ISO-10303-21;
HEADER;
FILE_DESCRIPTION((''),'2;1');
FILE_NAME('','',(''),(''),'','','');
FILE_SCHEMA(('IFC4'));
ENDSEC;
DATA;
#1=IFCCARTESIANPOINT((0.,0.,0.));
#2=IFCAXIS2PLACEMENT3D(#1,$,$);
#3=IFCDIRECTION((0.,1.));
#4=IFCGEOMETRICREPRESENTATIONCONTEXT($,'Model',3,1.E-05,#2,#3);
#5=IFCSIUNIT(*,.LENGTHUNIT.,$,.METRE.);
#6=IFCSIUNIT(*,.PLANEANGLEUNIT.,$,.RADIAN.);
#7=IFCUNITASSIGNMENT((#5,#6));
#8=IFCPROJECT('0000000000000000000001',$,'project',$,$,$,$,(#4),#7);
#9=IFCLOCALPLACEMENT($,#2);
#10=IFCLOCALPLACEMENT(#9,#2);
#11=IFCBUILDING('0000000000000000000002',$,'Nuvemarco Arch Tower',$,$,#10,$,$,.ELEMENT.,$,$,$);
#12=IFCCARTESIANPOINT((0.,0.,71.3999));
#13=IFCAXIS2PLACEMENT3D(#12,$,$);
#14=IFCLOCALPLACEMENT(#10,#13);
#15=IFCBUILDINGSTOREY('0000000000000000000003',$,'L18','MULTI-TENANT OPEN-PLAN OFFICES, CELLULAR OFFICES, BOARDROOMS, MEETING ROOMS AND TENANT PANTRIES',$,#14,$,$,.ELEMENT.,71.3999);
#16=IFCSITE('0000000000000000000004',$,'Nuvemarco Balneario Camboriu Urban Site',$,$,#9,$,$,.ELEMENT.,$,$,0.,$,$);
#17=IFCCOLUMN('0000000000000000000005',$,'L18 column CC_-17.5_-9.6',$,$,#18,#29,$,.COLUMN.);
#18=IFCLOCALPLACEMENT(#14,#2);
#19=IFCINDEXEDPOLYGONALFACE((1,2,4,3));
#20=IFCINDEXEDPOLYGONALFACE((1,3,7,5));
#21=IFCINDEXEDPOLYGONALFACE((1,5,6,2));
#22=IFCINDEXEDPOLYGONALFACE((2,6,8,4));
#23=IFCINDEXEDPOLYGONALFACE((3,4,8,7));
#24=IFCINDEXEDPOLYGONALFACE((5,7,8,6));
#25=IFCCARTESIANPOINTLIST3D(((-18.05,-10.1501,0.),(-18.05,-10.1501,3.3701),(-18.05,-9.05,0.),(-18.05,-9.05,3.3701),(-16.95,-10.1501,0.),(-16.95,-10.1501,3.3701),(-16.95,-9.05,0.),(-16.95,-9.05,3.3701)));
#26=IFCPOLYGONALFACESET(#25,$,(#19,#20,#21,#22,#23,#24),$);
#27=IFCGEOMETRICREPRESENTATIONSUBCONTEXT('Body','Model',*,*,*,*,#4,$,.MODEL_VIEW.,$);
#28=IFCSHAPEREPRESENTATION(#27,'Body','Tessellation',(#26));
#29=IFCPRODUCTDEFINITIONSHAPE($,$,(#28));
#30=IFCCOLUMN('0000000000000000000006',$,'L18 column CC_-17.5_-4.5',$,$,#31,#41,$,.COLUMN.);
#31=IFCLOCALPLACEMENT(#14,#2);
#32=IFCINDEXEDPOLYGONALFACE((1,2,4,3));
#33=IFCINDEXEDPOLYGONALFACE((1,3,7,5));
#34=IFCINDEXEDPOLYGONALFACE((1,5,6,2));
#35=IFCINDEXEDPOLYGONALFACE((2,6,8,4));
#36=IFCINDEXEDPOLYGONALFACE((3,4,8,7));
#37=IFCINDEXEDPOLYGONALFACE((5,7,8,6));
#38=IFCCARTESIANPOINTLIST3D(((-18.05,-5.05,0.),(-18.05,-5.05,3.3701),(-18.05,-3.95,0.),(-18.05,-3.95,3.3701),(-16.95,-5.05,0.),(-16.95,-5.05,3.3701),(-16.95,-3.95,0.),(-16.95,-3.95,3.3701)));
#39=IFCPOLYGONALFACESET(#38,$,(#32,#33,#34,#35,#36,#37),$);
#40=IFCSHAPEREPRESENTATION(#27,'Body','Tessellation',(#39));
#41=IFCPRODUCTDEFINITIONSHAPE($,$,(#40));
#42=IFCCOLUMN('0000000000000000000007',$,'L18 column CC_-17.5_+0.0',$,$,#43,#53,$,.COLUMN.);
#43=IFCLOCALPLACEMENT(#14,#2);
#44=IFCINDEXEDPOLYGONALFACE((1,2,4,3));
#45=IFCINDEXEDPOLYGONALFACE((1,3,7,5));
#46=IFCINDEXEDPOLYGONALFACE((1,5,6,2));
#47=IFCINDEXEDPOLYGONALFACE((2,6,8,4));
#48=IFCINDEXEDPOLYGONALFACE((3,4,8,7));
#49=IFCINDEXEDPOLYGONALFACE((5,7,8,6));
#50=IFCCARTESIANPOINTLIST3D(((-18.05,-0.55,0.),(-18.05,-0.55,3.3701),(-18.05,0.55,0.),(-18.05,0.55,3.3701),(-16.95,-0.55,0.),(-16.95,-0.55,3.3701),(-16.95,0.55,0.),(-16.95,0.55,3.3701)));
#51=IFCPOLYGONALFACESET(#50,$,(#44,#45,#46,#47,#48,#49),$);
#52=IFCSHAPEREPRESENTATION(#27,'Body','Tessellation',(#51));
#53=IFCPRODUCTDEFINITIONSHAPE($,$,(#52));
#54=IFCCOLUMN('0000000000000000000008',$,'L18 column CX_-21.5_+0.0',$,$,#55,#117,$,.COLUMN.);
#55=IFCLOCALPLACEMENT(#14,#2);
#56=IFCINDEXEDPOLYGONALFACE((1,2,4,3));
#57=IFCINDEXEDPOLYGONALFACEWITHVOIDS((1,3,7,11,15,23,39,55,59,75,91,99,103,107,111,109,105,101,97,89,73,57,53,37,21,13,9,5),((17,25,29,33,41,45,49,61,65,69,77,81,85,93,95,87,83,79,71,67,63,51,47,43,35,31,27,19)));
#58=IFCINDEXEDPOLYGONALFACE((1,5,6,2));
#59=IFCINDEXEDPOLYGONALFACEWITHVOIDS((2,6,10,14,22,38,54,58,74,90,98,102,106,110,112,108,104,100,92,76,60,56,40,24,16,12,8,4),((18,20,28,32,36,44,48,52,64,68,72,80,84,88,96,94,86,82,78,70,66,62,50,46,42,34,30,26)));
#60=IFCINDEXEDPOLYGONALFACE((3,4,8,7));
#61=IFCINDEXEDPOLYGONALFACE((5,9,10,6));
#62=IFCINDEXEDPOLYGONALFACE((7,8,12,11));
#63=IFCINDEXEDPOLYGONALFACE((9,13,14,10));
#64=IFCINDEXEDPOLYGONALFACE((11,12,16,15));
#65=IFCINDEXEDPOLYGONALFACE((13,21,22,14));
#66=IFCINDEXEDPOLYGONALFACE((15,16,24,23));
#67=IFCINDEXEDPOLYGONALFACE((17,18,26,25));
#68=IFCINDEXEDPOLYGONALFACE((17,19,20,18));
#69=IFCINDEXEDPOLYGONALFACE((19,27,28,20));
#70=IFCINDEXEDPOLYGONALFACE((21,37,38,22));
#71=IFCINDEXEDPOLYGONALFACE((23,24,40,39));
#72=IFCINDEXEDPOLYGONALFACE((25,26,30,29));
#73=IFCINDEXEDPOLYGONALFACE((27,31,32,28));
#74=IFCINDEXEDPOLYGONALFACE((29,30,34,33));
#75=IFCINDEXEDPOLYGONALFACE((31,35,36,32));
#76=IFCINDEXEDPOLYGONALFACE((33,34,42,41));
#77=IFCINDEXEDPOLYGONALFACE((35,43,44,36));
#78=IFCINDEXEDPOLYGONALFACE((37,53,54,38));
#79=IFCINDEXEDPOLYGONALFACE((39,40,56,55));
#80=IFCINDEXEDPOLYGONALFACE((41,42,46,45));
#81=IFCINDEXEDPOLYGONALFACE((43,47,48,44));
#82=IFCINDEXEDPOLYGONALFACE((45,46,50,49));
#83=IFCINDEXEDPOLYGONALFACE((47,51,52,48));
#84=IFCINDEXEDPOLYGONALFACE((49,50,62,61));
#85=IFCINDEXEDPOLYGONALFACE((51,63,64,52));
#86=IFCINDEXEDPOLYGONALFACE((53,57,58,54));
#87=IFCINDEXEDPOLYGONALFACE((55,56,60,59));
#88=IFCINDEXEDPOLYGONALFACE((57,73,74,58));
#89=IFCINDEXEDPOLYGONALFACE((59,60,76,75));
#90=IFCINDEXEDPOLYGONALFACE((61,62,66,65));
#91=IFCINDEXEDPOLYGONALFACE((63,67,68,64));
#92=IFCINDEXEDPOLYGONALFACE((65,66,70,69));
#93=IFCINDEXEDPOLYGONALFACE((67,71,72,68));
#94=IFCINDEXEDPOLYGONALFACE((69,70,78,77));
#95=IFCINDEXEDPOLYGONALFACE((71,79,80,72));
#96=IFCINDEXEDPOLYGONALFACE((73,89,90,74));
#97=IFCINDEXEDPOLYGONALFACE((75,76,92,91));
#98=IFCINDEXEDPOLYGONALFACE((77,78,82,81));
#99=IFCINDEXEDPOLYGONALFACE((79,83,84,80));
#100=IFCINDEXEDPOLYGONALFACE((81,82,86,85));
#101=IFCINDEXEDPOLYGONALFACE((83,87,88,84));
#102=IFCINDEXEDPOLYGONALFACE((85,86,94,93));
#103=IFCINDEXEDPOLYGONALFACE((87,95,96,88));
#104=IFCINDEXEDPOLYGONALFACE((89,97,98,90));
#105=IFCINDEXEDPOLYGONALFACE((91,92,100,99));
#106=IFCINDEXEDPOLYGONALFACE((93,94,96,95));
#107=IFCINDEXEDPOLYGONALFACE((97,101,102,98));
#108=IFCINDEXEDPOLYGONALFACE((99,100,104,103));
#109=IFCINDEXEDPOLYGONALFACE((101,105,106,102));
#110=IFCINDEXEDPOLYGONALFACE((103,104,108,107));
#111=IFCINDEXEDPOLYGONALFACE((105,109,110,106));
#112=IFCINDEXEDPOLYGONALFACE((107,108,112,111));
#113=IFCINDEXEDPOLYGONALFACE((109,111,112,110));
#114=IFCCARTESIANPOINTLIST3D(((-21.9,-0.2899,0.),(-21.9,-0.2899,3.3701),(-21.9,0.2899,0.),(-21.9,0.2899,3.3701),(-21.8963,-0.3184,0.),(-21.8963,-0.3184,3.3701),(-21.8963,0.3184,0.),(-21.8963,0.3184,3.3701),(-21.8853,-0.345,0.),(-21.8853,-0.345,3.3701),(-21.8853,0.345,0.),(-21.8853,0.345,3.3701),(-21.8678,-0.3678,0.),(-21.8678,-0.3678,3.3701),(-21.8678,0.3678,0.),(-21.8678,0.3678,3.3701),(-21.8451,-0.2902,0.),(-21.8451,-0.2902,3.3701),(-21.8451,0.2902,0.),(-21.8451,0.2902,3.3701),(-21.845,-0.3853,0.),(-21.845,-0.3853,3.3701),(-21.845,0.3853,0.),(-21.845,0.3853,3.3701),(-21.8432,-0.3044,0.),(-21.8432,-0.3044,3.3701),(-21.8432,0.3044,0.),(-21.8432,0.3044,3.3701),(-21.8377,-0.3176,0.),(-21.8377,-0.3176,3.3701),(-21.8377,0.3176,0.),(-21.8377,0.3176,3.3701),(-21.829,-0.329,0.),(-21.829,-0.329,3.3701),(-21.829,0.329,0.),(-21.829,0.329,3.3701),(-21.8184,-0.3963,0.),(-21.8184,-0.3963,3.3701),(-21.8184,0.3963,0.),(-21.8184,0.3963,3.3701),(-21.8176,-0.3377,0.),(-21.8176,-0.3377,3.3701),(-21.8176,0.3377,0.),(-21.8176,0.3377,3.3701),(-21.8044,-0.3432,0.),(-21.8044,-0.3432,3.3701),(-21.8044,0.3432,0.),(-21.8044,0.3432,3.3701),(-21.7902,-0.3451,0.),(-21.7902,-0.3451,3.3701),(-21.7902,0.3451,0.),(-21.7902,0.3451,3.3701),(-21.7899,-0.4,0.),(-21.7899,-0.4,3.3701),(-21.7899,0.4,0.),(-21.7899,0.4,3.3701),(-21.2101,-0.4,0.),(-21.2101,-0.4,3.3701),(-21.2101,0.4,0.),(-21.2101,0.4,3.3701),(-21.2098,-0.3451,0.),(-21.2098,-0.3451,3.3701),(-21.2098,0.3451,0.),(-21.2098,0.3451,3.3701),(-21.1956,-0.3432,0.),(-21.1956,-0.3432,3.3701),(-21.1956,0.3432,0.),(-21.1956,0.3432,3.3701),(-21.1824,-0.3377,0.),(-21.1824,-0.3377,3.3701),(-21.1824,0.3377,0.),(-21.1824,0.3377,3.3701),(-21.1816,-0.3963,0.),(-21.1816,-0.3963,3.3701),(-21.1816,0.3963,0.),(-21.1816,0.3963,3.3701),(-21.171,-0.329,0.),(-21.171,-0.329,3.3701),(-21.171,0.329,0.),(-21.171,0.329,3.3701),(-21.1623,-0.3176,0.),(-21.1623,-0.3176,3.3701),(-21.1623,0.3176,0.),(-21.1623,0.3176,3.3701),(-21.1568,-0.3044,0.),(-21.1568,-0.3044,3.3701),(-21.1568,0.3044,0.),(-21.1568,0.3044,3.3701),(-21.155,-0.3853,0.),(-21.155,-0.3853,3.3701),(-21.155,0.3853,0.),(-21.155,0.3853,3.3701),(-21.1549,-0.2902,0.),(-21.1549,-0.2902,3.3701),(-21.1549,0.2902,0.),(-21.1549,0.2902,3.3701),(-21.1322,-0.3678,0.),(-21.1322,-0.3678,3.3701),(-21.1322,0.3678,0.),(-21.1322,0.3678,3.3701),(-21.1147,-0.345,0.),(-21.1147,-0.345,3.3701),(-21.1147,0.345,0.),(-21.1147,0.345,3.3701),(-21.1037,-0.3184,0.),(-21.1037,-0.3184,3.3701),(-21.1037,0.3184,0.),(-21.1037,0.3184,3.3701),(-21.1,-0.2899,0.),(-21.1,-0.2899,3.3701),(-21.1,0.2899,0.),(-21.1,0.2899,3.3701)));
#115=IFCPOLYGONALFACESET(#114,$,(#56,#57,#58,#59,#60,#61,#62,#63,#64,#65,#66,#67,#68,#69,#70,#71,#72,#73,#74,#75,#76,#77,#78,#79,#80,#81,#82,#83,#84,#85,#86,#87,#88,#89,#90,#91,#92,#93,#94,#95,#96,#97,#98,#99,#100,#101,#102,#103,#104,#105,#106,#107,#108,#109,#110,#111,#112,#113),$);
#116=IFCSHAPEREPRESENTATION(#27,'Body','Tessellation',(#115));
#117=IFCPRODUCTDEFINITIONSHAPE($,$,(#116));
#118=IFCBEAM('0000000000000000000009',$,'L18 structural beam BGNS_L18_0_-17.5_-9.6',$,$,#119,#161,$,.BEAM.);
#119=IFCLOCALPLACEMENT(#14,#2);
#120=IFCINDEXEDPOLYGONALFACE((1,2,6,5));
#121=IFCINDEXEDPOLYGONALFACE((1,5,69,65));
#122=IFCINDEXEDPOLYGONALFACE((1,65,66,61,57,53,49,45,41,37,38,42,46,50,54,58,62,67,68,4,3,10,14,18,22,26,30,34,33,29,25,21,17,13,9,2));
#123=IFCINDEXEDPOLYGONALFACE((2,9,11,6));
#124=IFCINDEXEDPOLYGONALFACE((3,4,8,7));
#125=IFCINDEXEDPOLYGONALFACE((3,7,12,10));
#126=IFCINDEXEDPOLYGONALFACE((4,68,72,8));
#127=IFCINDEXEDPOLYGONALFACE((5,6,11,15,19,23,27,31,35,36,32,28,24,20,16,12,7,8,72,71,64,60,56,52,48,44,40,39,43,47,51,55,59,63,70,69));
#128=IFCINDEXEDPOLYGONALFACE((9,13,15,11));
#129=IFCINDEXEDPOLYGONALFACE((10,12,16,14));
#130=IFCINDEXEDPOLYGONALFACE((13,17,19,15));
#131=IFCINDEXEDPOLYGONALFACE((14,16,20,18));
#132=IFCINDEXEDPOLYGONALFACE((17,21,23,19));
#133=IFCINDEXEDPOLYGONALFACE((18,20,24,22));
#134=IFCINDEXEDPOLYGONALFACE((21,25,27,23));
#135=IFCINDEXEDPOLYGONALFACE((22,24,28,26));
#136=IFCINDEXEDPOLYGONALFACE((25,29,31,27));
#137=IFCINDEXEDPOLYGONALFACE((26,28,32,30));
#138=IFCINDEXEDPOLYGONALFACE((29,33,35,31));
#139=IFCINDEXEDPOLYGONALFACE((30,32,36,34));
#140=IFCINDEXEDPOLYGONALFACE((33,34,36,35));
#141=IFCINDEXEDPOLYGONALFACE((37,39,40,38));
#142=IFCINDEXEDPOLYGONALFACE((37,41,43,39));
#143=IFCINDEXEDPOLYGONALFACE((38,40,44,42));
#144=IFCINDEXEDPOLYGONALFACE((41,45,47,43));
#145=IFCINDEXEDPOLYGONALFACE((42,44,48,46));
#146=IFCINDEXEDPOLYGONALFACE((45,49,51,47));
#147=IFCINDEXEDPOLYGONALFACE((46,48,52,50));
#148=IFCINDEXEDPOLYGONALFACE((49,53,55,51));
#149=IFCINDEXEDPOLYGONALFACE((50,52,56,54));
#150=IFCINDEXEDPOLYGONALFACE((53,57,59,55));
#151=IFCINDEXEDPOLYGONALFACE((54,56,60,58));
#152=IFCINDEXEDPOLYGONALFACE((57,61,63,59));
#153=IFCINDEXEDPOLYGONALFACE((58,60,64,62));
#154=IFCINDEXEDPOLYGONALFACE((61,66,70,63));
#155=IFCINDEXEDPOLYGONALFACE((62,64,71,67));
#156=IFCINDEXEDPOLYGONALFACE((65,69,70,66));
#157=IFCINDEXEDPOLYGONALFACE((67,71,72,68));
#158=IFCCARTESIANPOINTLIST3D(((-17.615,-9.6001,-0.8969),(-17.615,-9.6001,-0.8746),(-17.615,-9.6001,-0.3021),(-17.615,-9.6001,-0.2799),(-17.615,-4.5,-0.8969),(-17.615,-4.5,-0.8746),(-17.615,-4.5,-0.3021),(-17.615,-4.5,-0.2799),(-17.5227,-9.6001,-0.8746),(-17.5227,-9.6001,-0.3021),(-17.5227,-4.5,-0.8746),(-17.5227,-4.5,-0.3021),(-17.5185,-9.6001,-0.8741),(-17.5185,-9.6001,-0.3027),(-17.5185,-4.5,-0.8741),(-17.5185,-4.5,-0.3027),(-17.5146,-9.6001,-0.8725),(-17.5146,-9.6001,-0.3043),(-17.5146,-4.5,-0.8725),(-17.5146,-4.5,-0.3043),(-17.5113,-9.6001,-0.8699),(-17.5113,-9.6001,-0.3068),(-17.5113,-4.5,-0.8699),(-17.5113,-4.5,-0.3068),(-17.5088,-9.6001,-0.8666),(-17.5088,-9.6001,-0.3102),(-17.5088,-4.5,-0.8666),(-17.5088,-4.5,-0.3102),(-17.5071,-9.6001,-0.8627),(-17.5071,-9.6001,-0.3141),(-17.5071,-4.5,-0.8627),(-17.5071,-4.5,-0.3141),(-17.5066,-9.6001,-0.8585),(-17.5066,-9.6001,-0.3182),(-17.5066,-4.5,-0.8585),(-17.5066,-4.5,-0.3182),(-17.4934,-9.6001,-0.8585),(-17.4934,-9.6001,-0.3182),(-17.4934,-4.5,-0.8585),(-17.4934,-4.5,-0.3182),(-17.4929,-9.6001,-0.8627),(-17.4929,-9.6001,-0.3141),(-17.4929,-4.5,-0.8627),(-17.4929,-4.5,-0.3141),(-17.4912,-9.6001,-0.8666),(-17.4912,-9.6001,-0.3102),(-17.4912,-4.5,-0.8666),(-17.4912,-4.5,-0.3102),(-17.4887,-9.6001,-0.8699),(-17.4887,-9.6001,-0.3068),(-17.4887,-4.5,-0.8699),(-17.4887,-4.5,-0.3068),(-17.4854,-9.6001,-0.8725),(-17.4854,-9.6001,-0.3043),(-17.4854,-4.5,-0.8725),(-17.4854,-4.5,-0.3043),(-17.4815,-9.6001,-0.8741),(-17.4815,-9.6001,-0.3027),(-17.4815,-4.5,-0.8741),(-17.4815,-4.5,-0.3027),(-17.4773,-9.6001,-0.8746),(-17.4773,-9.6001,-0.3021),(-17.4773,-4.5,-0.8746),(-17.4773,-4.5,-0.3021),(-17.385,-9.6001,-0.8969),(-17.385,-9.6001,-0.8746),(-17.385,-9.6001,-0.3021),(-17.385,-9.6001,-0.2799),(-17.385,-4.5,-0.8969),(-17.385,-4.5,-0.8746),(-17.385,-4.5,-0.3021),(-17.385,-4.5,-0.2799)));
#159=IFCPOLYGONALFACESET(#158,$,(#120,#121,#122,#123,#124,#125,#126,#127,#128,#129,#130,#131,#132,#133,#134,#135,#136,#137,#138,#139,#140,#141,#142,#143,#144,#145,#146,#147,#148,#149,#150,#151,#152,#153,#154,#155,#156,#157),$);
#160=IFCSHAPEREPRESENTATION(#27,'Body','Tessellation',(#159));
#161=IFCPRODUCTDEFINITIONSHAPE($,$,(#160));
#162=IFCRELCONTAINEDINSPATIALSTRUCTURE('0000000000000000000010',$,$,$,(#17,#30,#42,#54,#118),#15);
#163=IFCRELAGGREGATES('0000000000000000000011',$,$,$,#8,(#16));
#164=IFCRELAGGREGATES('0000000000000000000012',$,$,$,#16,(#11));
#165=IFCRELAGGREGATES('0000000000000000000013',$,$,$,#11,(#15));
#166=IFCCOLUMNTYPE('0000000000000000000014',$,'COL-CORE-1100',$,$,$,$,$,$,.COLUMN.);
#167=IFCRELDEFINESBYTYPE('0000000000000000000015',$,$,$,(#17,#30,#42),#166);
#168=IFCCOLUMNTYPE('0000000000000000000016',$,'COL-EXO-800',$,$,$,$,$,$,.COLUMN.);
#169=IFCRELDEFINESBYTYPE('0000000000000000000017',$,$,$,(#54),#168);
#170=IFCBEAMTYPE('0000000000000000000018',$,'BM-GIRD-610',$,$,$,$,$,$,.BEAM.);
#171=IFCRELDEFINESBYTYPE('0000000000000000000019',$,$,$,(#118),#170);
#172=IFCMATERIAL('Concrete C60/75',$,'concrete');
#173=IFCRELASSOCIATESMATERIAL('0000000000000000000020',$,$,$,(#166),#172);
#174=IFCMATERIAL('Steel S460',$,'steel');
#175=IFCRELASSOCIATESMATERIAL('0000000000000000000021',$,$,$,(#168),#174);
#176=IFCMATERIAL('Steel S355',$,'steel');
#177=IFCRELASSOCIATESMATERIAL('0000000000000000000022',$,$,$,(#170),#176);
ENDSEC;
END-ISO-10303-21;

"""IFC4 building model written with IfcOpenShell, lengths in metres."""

from ifc_helpers import new_model, si_unit, direction, frame, origin, origin_2d, place, context, subcontext, project, spatial, rectangle, hollow_rectangle, i_section, extrude, material, material_profile, profile_set, type_object, element, save


model = new_model("IFC4")

# Units and contexts
model_context = context("Model", 3, precision=1e-05, world=origin(), true_north=direction((0.0, 1.0)))
body_context = subcontext(model_context, "Body", "Model", "MODEL_VIEW")
ifc_project = project(units=[si_unit("LENGTHUNIT", "METRE"), si_unit("PLANEANGLEUNIT", "RADIAN")], contexts=[model_context])

# Site, building, storey
site_placement = place(None, origin())
site = spatial("IfcSite", under=ifc_project, at=site_placement, Name="Nuvemarco Balneario Camboriu Urban Site", CompositionType="ELEMENT", RefElevation=0.0)
building_placement = place(site_placement, origin())
building = spatial("IfcBuilding", under=site, at=building_placement, Name="Nuvemarco Arch Tower", CompositionType="ELEMENT")
storey_placement = place(building_placement, frame((0.0, 0.0, 71.3999)))
storey = spatial("IfcBuildingStorey", under=building, at=storey_placement, Name="L18", Description="MULTI-TENANT OPEN-PLAN OFFICES, CELLULAR OFFICES, BOARDROOMS, MEETING ROOMS AND TENANT PANTRIES", CompositionType="ELEMENT", Elevation=71.3999)

# Columns
ifc_material_1 = material(Name="Concrete C60/75", Category="concrete")
ifc_material_profile_1 = material_profile(ifc_material_1, rectangle(XDim=1.1001, YDim=1.1001, at=origin_2d()), Name="RC-COL-1100x1100")
ifc_profile_set_1 = profile_set([ifc_material_profile_1], Name="Concrete C60/75")
column_type_1 = type_object("IfcColumnType", Name="COL-CORE-1100", PredefinedType="COLUMN", material=ifc_profile_set_1)
for number, where, z_axis, x_axis, name in (
    (1, (-17.5, -9.6001, 0.0), (0.0, 0.0, 1.0), (1.0, 0.0, 0.0), "L18 column CC_-17.5_-9.6"),
    (2, (-17.5, -4.5, 0.0), (0.0, 0.0, 1.0), (1.0, 0.0, 0.0), "L18 column CC_-17.5_-4.5"),
    (3, (-17.5, 0.0, 0.0), (0.0, 0.0, 1.0), (1.0, 0.0, 0.0), "L18 column CC_-17.5_+0.0"),
):
    element("IfcColumn", number, at=place(storey_placement, frame(where, z_axis=z_axis, x_axis=x_axis)), inside=storey, type_object=column_type_1, Name=name, PredefinedType="COLUMN", context=body_context, shape_type="SweptSolid", body=[
        extrude(rectangle(XDim=1.1001, YDim=1.1001, at=origin_2d()), origin(), (0.0, 0.0, 1.0), 3.3701),
    ])
ifc_material_2 = material(Name="Steel S460", Category="steel")
ifc_material_profile_2 = material_profile(ifc_material_2, hollow_rectangle(XDim=0.8, YDim=0.8, WallThickness=0.0549, InnerFilletRadius=0.0549, OuterFilletRadius=0.1101, at=origin_2d()), Name="SHS800x800x55")
ifc_profile_set_2 = profile_set([ifc_material_profile_2], Name="Steel S460")
column_type_2 = type_object("IfcColumnType", Name="COL-EXO-800", PredefinedType="COLUMN", material=ifc_profile_set_2)
column_placement = place(storey_placement, frame((-21.5, 0.0, 0.0), z_axis=(0.0, 0.0, 1.0), x_axis=(1.0, 0.0, 0.0)))
element("IfcColumn", 4, at=column_placement, inside=storey, type_object=column_type_2, Name="L18 column CX_-21.5_+0.0", PredefinedType="COLUMN", context=body_context, shape_type="SweptSolid", body=[
    extrude(hollow_rectangle(XDim=0.8, YDim=0.8, WallThickness=0.0549, InnerFilletRadius=0.0549, OuterFilletRadius=0.1101, at=origin_2d()), origin(), (0.0, 0.0, 1.0), 3.3701),
])

# Beam
ifc_material_3 = material(Name="Steel S355", Category="steel")
ifc_material_profile_3 = material_profile(ifc_material_3, i_section(OverallWidth=0.23, OverallDepth=0.6169, WebThickness=0.0132, FlangeThickness=0.0222, FilletRadius=0.0161, at=origin_2d()), Name="W610x140")
ifc_profile_set_3 = profile_set([ifc_material_profile_3], Name="Steel S355")
beam_type_1 = type_object("IfcBeamType", Name="BM-GIRD-610", PredefinedType="BEAM", material=ifc_profile_set_3)
beam_1_placement = place(storey_placement, frame((-17.5, -9.6001, -0.5884), z_axis=(0.0, 1.0, 0.0), x_axis=(-1.0, 0.0, 0.0)))
element("IfcBeam", 5, at=beam_1_placement, inside=storey, type_object=beam_type_1, Name="L18 structural beam BGNS_L18_0_-17.5_-9.6", PredefinedType="BEAM", context=body_context, shape_type="SweptSolid", body=[
    extrude(i_section(OverallWidth=0.23, OverallDepth=0.6169, WebThickness=0.0132, FlangeThickness=0.0222, FilletRadius=0.0161, at=origin_2d()), origin(), (0.0, 0.0, 1.0), 5.1001),
])

save(model, "model.ifc")
